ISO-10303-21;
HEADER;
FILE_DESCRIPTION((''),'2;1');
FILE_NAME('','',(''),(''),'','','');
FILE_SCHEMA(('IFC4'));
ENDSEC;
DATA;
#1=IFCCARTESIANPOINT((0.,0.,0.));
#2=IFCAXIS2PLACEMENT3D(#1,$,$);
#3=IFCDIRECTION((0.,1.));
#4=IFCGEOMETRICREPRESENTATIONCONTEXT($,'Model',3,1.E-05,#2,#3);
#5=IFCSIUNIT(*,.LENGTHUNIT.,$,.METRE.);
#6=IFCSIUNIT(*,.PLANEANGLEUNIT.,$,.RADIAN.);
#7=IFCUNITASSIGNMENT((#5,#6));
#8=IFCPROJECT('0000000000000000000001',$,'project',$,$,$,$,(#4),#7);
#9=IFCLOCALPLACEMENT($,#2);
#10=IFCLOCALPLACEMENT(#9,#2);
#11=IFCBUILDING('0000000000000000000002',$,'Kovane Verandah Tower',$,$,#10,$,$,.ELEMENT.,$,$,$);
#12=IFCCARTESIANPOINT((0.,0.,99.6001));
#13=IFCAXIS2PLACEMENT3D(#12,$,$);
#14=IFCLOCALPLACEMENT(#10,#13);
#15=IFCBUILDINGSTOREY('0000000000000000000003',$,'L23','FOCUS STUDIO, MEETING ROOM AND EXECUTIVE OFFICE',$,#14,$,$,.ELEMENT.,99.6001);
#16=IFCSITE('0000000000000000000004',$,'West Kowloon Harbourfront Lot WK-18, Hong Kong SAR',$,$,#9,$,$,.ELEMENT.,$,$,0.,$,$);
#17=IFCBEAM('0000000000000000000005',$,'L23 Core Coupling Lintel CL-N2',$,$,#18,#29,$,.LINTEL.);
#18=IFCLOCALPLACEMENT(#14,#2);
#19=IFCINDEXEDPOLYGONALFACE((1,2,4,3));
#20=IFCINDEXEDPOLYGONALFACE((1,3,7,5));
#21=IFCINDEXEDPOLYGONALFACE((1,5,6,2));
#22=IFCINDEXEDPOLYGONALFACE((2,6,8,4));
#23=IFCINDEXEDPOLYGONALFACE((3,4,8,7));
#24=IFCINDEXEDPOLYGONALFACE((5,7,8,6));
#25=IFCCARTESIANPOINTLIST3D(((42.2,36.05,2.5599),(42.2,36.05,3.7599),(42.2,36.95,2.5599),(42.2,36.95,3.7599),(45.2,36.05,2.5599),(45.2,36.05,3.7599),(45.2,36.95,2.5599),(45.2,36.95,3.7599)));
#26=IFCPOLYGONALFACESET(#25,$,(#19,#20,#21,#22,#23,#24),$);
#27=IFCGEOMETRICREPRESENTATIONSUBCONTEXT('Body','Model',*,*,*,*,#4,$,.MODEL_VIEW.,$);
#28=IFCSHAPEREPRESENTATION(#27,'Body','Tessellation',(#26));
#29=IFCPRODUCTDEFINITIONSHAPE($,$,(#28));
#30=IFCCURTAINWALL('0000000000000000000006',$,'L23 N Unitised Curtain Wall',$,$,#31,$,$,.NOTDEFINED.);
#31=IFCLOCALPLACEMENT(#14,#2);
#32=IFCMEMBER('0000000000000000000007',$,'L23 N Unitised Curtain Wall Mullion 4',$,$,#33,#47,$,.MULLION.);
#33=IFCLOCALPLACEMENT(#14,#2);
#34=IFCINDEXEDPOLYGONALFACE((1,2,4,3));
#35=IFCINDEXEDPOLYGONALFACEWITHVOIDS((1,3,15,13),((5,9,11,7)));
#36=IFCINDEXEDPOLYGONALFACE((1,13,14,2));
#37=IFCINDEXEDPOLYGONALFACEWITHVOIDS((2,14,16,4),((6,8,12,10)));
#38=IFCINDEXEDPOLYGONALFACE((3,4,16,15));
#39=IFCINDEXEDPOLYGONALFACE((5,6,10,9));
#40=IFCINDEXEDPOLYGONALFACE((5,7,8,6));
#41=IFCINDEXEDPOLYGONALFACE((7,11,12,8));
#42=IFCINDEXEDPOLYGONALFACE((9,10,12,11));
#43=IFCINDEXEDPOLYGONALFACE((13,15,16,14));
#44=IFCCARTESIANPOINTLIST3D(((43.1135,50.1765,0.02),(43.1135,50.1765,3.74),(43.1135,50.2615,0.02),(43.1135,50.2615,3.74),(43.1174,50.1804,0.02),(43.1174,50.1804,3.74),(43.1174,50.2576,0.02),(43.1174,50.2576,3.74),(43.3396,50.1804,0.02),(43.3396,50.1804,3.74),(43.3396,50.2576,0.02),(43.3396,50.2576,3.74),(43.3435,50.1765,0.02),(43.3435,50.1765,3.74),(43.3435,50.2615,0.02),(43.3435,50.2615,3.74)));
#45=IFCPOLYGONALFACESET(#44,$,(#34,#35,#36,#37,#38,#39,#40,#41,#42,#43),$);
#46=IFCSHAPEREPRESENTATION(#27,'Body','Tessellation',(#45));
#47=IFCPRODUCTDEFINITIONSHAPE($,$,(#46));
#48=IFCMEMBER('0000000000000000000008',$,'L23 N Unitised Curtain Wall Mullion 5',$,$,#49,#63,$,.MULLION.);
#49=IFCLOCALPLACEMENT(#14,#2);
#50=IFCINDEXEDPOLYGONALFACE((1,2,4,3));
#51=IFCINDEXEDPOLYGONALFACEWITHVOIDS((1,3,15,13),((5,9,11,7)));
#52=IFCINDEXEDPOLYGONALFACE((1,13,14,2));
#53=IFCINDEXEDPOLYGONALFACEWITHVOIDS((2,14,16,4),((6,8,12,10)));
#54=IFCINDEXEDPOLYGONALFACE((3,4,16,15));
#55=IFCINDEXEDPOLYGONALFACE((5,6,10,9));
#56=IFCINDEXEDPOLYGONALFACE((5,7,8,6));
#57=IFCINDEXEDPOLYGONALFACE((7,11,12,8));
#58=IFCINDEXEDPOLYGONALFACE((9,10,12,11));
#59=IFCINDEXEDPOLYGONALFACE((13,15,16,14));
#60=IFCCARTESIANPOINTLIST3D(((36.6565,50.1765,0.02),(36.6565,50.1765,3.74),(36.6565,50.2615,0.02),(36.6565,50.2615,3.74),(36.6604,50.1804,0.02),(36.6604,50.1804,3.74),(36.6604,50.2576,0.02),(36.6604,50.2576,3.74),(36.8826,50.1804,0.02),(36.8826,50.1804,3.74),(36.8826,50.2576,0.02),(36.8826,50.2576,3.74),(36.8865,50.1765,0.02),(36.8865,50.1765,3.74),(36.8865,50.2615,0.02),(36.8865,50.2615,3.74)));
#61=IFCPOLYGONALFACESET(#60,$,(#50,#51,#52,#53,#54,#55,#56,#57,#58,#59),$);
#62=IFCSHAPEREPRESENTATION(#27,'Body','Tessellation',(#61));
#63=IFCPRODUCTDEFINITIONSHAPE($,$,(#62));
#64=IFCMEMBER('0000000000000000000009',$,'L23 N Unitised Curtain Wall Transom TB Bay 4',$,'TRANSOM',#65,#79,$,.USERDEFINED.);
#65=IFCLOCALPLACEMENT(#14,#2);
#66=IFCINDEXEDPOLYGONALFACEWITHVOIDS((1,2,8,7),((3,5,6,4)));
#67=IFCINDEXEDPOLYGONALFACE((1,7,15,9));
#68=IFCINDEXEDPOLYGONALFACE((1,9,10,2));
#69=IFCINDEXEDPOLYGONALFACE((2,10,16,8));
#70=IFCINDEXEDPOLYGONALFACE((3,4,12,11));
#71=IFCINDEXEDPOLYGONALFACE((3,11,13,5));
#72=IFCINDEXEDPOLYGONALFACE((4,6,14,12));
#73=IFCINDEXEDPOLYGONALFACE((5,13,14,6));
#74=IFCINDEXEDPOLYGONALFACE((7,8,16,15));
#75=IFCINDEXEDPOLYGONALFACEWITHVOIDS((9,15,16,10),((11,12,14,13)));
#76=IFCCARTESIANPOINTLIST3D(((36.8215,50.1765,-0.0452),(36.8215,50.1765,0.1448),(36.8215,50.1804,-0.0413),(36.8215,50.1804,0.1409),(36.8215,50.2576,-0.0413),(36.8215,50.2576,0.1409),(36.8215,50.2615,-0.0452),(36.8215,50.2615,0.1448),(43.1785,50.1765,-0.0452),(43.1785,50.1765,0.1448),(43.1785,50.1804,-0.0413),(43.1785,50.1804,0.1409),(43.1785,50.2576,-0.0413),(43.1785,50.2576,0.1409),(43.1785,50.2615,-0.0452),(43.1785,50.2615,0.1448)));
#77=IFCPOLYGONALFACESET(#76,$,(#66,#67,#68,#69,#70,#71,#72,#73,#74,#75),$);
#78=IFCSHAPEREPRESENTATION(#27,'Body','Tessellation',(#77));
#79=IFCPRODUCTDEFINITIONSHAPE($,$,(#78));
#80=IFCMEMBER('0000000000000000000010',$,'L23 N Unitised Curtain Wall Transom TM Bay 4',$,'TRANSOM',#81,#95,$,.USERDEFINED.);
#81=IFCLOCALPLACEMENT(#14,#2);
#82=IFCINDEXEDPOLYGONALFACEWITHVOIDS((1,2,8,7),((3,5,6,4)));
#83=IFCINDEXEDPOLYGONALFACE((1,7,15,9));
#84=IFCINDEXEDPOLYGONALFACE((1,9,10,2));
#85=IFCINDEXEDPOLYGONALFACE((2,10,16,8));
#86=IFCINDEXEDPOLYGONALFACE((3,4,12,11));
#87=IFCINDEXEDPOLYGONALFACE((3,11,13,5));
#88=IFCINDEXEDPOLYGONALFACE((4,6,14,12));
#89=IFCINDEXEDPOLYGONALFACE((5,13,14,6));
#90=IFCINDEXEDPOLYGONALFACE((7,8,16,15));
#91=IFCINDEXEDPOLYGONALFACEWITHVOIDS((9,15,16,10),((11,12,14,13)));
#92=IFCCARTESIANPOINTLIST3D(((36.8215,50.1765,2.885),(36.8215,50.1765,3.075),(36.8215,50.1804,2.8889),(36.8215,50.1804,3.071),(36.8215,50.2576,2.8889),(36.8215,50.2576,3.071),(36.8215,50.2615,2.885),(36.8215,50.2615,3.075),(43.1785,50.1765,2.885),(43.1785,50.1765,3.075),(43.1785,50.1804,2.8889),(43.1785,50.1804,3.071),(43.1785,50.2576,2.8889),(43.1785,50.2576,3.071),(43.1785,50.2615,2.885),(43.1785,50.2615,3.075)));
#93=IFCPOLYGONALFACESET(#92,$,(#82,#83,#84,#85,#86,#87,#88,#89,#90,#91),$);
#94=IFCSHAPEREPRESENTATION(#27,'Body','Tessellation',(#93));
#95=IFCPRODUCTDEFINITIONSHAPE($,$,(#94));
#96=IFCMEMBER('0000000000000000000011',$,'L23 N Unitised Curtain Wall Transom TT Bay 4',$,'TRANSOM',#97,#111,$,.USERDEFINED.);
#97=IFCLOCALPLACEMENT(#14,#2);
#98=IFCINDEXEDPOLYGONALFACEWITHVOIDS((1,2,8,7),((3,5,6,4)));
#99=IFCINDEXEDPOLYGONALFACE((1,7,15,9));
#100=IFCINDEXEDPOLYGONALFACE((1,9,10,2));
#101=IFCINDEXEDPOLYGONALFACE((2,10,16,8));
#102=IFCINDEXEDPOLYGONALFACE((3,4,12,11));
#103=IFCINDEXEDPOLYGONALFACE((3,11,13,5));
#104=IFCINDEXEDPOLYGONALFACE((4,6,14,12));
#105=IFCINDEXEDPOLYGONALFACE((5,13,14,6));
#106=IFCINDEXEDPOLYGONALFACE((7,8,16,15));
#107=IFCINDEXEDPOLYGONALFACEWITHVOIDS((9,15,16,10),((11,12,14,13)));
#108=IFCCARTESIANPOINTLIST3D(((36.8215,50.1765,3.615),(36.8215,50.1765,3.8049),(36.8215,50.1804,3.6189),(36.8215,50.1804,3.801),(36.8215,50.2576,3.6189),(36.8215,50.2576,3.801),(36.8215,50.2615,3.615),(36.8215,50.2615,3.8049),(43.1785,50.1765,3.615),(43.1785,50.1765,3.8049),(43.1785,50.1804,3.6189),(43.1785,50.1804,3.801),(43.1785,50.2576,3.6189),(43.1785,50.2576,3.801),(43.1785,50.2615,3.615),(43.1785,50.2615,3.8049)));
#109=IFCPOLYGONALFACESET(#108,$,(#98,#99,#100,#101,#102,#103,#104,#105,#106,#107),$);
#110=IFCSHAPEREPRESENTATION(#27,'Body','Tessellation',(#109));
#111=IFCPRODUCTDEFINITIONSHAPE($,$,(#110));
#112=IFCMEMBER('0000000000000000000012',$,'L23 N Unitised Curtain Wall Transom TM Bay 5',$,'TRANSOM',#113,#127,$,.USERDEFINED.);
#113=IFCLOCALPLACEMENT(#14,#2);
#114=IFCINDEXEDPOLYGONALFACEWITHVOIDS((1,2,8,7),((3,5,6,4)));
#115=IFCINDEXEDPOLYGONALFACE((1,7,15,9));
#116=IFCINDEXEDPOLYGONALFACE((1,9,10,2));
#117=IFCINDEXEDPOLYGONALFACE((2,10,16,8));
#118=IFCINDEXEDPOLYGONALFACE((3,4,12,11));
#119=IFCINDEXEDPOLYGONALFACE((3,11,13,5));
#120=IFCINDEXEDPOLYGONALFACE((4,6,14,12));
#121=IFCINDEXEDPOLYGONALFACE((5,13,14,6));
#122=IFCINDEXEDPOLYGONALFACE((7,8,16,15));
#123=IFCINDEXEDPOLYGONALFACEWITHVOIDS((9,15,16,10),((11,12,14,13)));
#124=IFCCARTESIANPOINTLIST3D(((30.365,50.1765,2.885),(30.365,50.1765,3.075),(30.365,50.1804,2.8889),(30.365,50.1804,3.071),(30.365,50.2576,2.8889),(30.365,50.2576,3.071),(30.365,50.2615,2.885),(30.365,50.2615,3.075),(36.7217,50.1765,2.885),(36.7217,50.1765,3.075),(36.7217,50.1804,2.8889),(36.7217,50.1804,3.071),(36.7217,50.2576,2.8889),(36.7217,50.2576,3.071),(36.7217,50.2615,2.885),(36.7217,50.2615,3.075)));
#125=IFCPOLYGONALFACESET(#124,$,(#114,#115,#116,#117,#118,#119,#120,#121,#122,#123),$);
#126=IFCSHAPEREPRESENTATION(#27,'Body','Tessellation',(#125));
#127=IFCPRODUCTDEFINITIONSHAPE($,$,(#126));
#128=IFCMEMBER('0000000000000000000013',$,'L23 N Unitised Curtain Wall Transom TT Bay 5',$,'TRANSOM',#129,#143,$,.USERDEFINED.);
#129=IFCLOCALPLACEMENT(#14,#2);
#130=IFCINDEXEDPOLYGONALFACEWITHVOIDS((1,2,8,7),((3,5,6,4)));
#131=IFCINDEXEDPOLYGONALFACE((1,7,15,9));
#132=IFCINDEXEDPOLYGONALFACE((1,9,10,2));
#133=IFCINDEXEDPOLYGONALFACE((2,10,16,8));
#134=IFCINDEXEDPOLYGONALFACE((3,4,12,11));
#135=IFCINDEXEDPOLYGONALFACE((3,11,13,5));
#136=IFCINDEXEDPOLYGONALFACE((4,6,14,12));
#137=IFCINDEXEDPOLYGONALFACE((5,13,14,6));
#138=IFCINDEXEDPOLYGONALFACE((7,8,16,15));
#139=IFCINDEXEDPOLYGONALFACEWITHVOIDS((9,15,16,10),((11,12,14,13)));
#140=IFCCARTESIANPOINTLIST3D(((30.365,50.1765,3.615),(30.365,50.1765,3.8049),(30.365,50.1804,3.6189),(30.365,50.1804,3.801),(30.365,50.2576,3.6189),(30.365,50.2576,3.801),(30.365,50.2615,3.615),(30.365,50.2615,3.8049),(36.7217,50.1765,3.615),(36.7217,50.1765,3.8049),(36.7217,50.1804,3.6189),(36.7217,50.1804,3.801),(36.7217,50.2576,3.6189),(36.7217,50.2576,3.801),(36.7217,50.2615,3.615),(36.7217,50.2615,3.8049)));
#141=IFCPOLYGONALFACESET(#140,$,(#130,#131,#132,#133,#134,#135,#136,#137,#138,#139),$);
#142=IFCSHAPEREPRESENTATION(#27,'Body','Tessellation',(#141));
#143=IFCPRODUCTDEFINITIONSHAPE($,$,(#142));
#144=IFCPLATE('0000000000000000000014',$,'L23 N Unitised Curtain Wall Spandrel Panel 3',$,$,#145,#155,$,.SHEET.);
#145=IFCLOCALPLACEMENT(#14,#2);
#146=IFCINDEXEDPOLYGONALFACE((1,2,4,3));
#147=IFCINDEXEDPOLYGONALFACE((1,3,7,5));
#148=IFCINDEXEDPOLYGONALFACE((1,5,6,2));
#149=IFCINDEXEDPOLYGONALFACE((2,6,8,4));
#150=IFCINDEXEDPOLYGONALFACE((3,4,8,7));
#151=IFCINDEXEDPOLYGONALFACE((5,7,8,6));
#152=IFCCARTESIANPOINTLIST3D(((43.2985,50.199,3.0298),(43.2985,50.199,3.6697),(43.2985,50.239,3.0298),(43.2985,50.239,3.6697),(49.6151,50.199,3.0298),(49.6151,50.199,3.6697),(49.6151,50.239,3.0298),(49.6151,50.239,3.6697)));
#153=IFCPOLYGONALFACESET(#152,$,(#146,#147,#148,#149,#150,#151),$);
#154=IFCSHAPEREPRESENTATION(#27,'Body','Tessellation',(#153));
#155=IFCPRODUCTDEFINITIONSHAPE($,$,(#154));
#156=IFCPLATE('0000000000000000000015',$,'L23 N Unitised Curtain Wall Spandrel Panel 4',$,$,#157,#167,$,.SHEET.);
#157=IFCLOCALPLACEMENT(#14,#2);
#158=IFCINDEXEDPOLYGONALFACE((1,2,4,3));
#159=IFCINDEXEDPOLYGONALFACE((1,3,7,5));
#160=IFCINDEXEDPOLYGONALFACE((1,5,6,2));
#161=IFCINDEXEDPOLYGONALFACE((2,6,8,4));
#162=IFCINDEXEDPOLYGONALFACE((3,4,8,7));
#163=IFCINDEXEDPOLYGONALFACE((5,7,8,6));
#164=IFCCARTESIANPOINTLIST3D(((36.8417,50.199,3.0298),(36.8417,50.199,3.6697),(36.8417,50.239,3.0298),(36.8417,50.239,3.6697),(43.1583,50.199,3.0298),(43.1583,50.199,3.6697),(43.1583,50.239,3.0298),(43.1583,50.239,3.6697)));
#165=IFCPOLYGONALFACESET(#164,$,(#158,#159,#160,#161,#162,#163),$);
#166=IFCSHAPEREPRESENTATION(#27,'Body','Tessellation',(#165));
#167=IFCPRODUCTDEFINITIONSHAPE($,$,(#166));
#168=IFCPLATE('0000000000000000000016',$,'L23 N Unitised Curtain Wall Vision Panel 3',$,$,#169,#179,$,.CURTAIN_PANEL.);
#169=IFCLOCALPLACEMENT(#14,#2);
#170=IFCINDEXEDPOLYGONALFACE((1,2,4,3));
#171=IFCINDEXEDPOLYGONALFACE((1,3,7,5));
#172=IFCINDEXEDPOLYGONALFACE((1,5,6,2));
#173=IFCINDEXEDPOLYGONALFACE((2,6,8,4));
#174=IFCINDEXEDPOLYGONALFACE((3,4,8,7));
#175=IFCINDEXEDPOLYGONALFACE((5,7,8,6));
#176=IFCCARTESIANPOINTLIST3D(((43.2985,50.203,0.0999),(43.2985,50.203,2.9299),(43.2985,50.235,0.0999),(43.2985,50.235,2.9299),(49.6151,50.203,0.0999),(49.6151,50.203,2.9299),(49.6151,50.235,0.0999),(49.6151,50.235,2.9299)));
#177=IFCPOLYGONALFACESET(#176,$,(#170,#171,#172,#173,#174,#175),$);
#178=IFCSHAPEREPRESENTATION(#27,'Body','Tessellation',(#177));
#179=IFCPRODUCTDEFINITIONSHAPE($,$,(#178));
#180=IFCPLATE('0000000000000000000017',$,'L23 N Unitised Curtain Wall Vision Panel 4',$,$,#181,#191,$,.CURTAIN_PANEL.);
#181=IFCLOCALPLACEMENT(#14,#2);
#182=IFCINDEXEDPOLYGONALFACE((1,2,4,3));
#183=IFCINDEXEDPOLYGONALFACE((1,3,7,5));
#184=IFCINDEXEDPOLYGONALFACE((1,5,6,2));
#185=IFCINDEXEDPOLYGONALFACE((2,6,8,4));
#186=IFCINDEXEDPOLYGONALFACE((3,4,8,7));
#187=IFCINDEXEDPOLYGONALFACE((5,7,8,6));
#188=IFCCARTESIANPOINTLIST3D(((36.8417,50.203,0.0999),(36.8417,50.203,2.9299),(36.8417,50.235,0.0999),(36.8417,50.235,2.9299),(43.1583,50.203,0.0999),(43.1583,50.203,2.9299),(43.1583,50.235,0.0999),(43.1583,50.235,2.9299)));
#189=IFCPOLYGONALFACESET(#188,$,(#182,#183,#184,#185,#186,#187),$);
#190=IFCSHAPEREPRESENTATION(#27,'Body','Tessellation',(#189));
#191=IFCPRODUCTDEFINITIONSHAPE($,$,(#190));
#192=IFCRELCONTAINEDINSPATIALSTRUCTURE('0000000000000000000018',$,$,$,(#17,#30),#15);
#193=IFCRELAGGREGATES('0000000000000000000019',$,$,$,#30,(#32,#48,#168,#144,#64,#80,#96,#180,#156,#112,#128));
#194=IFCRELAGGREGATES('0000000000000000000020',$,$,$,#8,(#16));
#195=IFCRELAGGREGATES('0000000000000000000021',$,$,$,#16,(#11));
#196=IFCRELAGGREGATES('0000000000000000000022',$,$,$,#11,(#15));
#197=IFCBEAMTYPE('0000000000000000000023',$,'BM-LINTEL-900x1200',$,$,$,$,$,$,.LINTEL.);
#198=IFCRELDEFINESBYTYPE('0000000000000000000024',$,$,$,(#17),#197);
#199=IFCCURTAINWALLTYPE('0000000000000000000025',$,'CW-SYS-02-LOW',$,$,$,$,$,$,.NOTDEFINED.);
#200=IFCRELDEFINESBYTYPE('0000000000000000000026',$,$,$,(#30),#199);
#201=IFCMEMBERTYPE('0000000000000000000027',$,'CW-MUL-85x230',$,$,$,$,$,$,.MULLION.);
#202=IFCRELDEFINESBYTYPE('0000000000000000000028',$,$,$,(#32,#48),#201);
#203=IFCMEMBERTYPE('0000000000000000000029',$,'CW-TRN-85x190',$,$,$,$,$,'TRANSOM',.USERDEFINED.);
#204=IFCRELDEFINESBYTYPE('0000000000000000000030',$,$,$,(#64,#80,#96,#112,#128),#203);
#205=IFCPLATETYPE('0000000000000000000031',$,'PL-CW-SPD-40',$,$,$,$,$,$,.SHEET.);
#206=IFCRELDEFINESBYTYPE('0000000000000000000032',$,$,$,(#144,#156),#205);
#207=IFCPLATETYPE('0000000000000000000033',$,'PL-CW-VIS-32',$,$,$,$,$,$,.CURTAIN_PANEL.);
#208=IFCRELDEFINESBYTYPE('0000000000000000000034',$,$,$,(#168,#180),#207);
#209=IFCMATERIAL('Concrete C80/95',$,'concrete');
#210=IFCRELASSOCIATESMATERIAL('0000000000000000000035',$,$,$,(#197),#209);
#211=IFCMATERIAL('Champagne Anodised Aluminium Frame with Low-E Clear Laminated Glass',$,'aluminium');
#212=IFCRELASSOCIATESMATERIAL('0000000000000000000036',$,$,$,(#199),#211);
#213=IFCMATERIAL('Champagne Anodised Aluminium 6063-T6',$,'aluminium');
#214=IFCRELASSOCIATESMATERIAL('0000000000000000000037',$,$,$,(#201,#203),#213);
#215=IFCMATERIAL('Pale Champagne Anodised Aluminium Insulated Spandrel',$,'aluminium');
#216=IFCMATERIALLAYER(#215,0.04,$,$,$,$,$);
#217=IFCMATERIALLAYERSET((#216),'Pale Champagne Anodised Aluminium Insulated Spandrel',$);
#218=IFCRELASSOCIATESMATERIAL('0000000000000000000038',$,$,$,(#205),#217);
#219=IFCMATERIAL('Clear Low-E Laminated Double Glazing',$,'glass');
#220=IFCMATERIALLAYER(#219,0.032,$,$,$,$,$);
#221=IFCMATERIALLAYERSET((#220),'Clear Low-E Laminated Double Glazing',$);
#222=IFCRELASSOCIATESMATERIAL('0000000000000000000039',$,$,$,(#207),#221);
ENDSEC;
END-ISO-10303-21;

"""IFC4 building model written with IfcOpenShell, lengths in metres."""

from ifc_helpers import new_model, si_unit, direction, frame, origin, origin_2d, place, context, subcontext, project, spatial, rectangle, hollow_rectangle, extrude, material, layer, layer_set, material_profile, profile_set, type_object, element, aggregate, save


model = new_model("IFC4")

# Units and contexts
model_context = context("Model", 3, precision=1e-05, world=origin(), true_north=direction((0.0, 1.0)))
body_context = subcontext(model_context, "Body", "Model", "MODEL_VIEW")
ifc_project = project(units=[si_unit("LENGTHUNIT", "METRE"), si_unit("PLANEANGLEUNIT", "RADIAN")], contexts=[model_context])

# Site, building, storey
site_placement = place(None, origin())
site = spatial("IfcSite", under=ifc_project, at=site_placement, Name="West Kowloon Harbourfront Lot WK-18, Hong Kong SAR", CompositionType="ELEMENT", RefElevation=0.0)
building_placement = place(site_placement, origin())
building = spatial("IfcBuilding", under=site, at=building_placement, Name="Kovane Verandah Tower", CompositionType="ELEMENT")
storey_placement = place(building_placement, frame((0.0, 0.0, 99.6001)))
storey = spatial("IfcBuildingStorey", under=building, at=storey_placement, Name="L23", Description="FOCUS STUDIO, MEETING ROOM AND EXECUTIVE OFFICE", CompositionType="ELEMENT", Elevation=99.6001)

# Beam
ifc_material_1 = material(Name="Concrete C80/95", Category="concrete")
ifc_material_profile_1 = material_profile(ifc_material_1, rectangle(XDim=0.8999, YDim=1.2, at=origin_2d()), Name="RCB900x1200")
ifc_profile_set_1 = profile_set([ifc_material_profile_1], Name="Concrete C80/95")
beam_type = type_object("IfcBeamType", Name="BM-LINTEL-900x1200", PredefinedType="LINTEL", material=ifc_profile_set_1)
beam_placement = place(storey_placement, frame((42.2, 36.5, 3.1599), z_axis=(1.0, 0.0, 0.0), x_axis=(0.0, 1.0, 0.0)))
element("IfcBeam", 1, at=beam_placement, inside=storey, type_object=beam_type, Name="L23 Core Coupling Lintel CL-N2", PredefinedType="LINTEL", context=body_context, shape_type="SweptSolid", body=[
    extrude(rectangle(XDim=0.8999, YDim=1.2, at=origin_2d()), origin(), (0.0, 0.0, 1.0), 3.0),
])

# Curtain wall, members, plates
ifc_material_2 = material(Name="Champagne Anodised Aluminium Frame with Low-E Clear Laminated Glass", Category="aluminium")
curtain_wall_type = type_object("IfcCurtainWallType", Name="CW-SYS-02-LOW", PredefinedType="NOTDEFINED", material=ifc_material_2)
curtain_wall_placement = place(storey_placement, origin())
curtain_wall = element("IfcCurtainWall", 2, at=curtain_wall_placement, inside=storey, type_object=curtain_wall_type, Name="L23 N Unitised Curtain Wall", PredefinedType="NOTDEFINED")
ifc_material_3 = material(Name="Champagne Anodised Aluminium 6063-T6", Category="aluminium")
ifc_material_profile_2 = material_profile(ifc_material_3, hollow_rectangle(XDim=0.085, YDim=0.23, WallThickness=0.0039, at=origin_2d()), Name="AL85x230x4")
ifc_profile_set_2 = profile_set([ifc_material_profile_2], Name="Champagne Anodised Aluminium 6063-T6")
member_type_1 = type_object("IfcMemberType", Name="CW-MUL-85x230", PredefinedType="MULLION", material=ifc_profile_set_2)
member_1_placement = place(storey_placement, frame((43.2285, 50.219, 0.02), z_axis=(0.0, 0.0, 1.0), x_axis=(0.0, 1.0, 0.0)))
member_1 = element("IfcMember", 3, at=member_1_placement, type_object=member_type_1, Name="L23 N Unitised Curtain Wall Mullion 4", PredefinedType="MULLION", context=body_context, shape_type="SweptSolid", body=[
    extrude(hollow_rectangle(XDim=0.085, YDim=0.23, WallThickness=0.0039, at=origin_2d()), origin(), (0.0, 0.0, 1.0), 3.72),
])
member_2_placement = place(storey_placement, frame((36.7715, 50.219, 0.02), z_axis=(0.0, 0.0, 1.0), x_axis=(0.0, 1.0, 0.0)))
member_2 = element("IfcMember", 4, at=member_2_placement, type_object=member_type_1, Name="L23 N Unitised Curtain Wall Mullion 5", PredefinedType="MULLION", context=body_context, shape_type="SweptSolid", body=[
    extrude(hollow_rectangle(XDim=0.085, YDim=0.23, WallThickness=0.0039, at=origin_2d()), origin(), (0.0, 0.0, 1.0), 3.72),
])
ifc_material_profile_3 = material_profile(ifc_material_3, hollow_rectangle(XDim=0.085, YDim=0.1899, WallThickness=0.0039, at=origin_2d()), Name="AL85x190x4")
ifc_profile_set_3 = profile_set([ifc_material_profile_3], Name="Champagne Anodised Aluminium 6063-T6")
member_type_2 = type_object("IfcMemberType", Name="CW-TRN-85x190", ElementType="TRANSOM", PredefinedType="USERDEFINED", material=ifc_profile_set_3)
member_3_placement = place(storey_placement, frame((43.1785, 50.219, 0.0498), z_axis=(-1.0, 0.0, 0.0), x_axis=(0.0, -1.0, 0.0)))
member_3 = element("IfcMember", 5, at=member_3_placement, type_object=member_type_2, Name="L23 N Unitised Curtain Wall Transom TB Bay 4", ObjectType="TRANSOM", PredefinedType="USERDEFINED", context=body_context, shape_type="SweptSolid", body=[
    extrude(hollow_rectangle(XDim=0.085, YDim=0.1899, WallThickness=0.0039, at=origin_2d()), origin(), (0.0, 0.0, 1.0), 6.3569),
])
member_4_placement = place(storey_placement, frame((43.1785, 50.219, 2.98), z_axis=(-1.0, 0.0, 0.0), x_axis=(0.0, -1.0, 0.0)))
member_4 = element("IfcMember", 6, at=member_4_placement, type_object=member_type_2, Name="L23 N Unitised Curtain Wall Transom TM Bay 4", ObjectType="TRANSOM", PredefinedType="USERDEFINED", context=body_context, shape_type="SweptSolid", body=[
    extrude(hollow_rectangle(XDim=0.085, YDim=0.1899, WallThickness=0.0039, at=origin_2d()), origin(), (0.0, 0.0, 1.0), 6.3569),
])
member_5_placement = place(storey_placement, frame((43.1785, 50.219, 3.71), z_axis=(-1.0, 0.0, 0.0), x_axis=(0.0, -1.0, 0.0)))
member_5 = element("IfcMember", 7, at=member_5_placement, type_object=member_type_2, Name="L23 N Unitised Curtain Wall Transom TT Bay 4", ObjectType="TRANSOM", PredefinedType="USERDEFINED", context=body_context, shape_type="SweptSolid", body=[
    extrude(hollow_rectangle(XDim=0.085, YDim=0.1899, WallThickness=0.0039, at=origin_2d()), origin(), (0.0, 0.0, 1.0), 6.3569),
])
member_6_placement = place(storey_placement, frame((36.7217, 50.219, 2.98), z_axis=(-1.0, 0.0, 0.0), x_axis=(0.0, -1.0, 0.0)))
member_6 = element("IfcMember", 8, at=member_6_placement, type_object=member_type_2, Name="L23 N Unitised Curtain Wall Transom TM Bay 5", ObjectType="TRANSOM", PredefinedType="USERDEFINED", context=body_context, shape_type="SweptSolid", body=[
    extrude(hollow_rectangle(XDim=0.085, YDim=0.1899, WallThickness=0.0039, at=origin_2d()), origin(), (0.0, 0.0, 1.0), 6.3567),
])
member_7_placement = place(storey_placement, frame((36.7217, 50.219, 3.71), z_axis=(-1.0, 0.0, 0.0), x_axis=(0.0, -1.0, 0.0)))
member_7 = element("IfcMember", 9, at=member_7_placement, type_object=member_type_2, Name="L23 N Unitised Curtain Wall Transom TT Bay 5", ObjectType="TRANSOM", PredefinedType="USERDEFINED", context=body_context, shape_type="SweptSolid", body=[
    extrude(hollow_rectangle(XDim=0.085, YDim=0.1899, WallThickness=0.0039, at=origin_2d()), origin(), (0.0, 0.0, 1.0), 6.3567),
])
ifc_material_4 = material(Name="Pale Champagne Anodised Aluminium Insulated Spandrel", Category="aluminium")
ifc_layer_1 = layer(ifc_material_4, 0.04)
ifc_layer_set_1 = layer_set([ifc_layer_1], Name="Pale Champagne Anodised Aluminium Insulated Spandrel")
plate_type_1 = type_object("IfcPlateType", Name="PL-CW-SPD-40", PredefinedType="SHEET", material=ifc_layer_set_1)
plate_1_placement = place(storey_placement, frame((46.4568, 50.219, 3.0298), z_axis=(0.0, 0.0, 1.0), x_axis=(-1.0, 0.0, 0.0)))
plate_1 = element("IfcPlate", 10, at=plate_1_placement, type_object=plate_type_1, Name="L23 N Unitised Curtain Wall Spandrel Panel 3", PredefinedType="SHEET", context=body_context, shape_type="SweptSolid", body=[
    extrude(rectangle(XDim=6.3167, YDim=0.04, at=origin_2d()), origin(), (0.0, 0.0, 1.0), 0.6399),
])
plate_2_placement = place(storey_placement, frame((40.0, 50.219, 3.0298), z_axis=(0.0, 0.0, 1.0), x_axis=(-1.0, 0.0, 0.0)))
plate_2 = element("IfcPlate", 11, at=plate_2_placement, type_object=plate_type_1, Name="L23 N Unitised Curtain Wall Spandrel Panel 4", PredefinedType="SHEET", context=body_context, shape_type="SweptSolid", body=[
    extrude(rectangle(XDim=6.3167, YDim=0.04, at=origin_2d()), origin(), (0.0, 0.0, 1.0), 0.6399),
])
ifc_material_5 = material(Name="Clear Low-E Laminated Double Glazing", Category="glass")
ifc_layer_2 = layer(ifc_material_5, 0.032)
ifc_layer_set_2 = layer_set([ifc_layer_2], Name="Clear Low-E Laminated Double Glazing")
plate_type_2 = type_object("IfcPlateType", Name="PL-CW-VIS-32", PredefinedType="CURTAIN_PANEL", material=ifc_layer_set_2)
plate_3_placement = place(storey_placement, frame((46.4568, 50.219, 0.0999), z_axis=(0.0, 0.0, 1.0), x_axis=(-1.0, 0.0, 0.0)))
plate_3 = element("IfcPlate", 12, at=plate_3_placement, type_object=plate_type_2, Name="L23 N Unitised Curtain Wall Vision Panel 3", PredefinedType="CURTAIN_PANEL", context=body_context, shape_type="SweptSolid", body=[
    extrude(rectangle(XDim=6.3167, YDim=0.032, at=origin_2d()), origin(), (0.0, 0.0, 1.0), 2.8301),
])
plate_4_placement = place(storey_placement, frame((40.0, 50.219, 0.0999), z_axis=(0.0, 0.0, 1.0), x_axis=(-1.0, 0.0, 0.0)))
plate_4 = element("IfcPlate", 13, at=plate_4_placement, type_object=plate_type_2, Name="L23 N Unitised Curtain Wall Vision Panel 4", PredefinedType="CURTAIN_PANEL", context=body_context, shape_type="SweptSolid", body=[
    extrude(rectangle(XDim=6.3167, YDim=0.032, at=origin_2d()), origin(), (0.0, 0.0, 1.0), 2.8301),
])
aggregate(curtain_wall, [member_1, member_2, plate_3, plate_1, member_3, member_4, member_5, plate_4, plate_2, member_6, member_7])

save(model, "model.ifc")
